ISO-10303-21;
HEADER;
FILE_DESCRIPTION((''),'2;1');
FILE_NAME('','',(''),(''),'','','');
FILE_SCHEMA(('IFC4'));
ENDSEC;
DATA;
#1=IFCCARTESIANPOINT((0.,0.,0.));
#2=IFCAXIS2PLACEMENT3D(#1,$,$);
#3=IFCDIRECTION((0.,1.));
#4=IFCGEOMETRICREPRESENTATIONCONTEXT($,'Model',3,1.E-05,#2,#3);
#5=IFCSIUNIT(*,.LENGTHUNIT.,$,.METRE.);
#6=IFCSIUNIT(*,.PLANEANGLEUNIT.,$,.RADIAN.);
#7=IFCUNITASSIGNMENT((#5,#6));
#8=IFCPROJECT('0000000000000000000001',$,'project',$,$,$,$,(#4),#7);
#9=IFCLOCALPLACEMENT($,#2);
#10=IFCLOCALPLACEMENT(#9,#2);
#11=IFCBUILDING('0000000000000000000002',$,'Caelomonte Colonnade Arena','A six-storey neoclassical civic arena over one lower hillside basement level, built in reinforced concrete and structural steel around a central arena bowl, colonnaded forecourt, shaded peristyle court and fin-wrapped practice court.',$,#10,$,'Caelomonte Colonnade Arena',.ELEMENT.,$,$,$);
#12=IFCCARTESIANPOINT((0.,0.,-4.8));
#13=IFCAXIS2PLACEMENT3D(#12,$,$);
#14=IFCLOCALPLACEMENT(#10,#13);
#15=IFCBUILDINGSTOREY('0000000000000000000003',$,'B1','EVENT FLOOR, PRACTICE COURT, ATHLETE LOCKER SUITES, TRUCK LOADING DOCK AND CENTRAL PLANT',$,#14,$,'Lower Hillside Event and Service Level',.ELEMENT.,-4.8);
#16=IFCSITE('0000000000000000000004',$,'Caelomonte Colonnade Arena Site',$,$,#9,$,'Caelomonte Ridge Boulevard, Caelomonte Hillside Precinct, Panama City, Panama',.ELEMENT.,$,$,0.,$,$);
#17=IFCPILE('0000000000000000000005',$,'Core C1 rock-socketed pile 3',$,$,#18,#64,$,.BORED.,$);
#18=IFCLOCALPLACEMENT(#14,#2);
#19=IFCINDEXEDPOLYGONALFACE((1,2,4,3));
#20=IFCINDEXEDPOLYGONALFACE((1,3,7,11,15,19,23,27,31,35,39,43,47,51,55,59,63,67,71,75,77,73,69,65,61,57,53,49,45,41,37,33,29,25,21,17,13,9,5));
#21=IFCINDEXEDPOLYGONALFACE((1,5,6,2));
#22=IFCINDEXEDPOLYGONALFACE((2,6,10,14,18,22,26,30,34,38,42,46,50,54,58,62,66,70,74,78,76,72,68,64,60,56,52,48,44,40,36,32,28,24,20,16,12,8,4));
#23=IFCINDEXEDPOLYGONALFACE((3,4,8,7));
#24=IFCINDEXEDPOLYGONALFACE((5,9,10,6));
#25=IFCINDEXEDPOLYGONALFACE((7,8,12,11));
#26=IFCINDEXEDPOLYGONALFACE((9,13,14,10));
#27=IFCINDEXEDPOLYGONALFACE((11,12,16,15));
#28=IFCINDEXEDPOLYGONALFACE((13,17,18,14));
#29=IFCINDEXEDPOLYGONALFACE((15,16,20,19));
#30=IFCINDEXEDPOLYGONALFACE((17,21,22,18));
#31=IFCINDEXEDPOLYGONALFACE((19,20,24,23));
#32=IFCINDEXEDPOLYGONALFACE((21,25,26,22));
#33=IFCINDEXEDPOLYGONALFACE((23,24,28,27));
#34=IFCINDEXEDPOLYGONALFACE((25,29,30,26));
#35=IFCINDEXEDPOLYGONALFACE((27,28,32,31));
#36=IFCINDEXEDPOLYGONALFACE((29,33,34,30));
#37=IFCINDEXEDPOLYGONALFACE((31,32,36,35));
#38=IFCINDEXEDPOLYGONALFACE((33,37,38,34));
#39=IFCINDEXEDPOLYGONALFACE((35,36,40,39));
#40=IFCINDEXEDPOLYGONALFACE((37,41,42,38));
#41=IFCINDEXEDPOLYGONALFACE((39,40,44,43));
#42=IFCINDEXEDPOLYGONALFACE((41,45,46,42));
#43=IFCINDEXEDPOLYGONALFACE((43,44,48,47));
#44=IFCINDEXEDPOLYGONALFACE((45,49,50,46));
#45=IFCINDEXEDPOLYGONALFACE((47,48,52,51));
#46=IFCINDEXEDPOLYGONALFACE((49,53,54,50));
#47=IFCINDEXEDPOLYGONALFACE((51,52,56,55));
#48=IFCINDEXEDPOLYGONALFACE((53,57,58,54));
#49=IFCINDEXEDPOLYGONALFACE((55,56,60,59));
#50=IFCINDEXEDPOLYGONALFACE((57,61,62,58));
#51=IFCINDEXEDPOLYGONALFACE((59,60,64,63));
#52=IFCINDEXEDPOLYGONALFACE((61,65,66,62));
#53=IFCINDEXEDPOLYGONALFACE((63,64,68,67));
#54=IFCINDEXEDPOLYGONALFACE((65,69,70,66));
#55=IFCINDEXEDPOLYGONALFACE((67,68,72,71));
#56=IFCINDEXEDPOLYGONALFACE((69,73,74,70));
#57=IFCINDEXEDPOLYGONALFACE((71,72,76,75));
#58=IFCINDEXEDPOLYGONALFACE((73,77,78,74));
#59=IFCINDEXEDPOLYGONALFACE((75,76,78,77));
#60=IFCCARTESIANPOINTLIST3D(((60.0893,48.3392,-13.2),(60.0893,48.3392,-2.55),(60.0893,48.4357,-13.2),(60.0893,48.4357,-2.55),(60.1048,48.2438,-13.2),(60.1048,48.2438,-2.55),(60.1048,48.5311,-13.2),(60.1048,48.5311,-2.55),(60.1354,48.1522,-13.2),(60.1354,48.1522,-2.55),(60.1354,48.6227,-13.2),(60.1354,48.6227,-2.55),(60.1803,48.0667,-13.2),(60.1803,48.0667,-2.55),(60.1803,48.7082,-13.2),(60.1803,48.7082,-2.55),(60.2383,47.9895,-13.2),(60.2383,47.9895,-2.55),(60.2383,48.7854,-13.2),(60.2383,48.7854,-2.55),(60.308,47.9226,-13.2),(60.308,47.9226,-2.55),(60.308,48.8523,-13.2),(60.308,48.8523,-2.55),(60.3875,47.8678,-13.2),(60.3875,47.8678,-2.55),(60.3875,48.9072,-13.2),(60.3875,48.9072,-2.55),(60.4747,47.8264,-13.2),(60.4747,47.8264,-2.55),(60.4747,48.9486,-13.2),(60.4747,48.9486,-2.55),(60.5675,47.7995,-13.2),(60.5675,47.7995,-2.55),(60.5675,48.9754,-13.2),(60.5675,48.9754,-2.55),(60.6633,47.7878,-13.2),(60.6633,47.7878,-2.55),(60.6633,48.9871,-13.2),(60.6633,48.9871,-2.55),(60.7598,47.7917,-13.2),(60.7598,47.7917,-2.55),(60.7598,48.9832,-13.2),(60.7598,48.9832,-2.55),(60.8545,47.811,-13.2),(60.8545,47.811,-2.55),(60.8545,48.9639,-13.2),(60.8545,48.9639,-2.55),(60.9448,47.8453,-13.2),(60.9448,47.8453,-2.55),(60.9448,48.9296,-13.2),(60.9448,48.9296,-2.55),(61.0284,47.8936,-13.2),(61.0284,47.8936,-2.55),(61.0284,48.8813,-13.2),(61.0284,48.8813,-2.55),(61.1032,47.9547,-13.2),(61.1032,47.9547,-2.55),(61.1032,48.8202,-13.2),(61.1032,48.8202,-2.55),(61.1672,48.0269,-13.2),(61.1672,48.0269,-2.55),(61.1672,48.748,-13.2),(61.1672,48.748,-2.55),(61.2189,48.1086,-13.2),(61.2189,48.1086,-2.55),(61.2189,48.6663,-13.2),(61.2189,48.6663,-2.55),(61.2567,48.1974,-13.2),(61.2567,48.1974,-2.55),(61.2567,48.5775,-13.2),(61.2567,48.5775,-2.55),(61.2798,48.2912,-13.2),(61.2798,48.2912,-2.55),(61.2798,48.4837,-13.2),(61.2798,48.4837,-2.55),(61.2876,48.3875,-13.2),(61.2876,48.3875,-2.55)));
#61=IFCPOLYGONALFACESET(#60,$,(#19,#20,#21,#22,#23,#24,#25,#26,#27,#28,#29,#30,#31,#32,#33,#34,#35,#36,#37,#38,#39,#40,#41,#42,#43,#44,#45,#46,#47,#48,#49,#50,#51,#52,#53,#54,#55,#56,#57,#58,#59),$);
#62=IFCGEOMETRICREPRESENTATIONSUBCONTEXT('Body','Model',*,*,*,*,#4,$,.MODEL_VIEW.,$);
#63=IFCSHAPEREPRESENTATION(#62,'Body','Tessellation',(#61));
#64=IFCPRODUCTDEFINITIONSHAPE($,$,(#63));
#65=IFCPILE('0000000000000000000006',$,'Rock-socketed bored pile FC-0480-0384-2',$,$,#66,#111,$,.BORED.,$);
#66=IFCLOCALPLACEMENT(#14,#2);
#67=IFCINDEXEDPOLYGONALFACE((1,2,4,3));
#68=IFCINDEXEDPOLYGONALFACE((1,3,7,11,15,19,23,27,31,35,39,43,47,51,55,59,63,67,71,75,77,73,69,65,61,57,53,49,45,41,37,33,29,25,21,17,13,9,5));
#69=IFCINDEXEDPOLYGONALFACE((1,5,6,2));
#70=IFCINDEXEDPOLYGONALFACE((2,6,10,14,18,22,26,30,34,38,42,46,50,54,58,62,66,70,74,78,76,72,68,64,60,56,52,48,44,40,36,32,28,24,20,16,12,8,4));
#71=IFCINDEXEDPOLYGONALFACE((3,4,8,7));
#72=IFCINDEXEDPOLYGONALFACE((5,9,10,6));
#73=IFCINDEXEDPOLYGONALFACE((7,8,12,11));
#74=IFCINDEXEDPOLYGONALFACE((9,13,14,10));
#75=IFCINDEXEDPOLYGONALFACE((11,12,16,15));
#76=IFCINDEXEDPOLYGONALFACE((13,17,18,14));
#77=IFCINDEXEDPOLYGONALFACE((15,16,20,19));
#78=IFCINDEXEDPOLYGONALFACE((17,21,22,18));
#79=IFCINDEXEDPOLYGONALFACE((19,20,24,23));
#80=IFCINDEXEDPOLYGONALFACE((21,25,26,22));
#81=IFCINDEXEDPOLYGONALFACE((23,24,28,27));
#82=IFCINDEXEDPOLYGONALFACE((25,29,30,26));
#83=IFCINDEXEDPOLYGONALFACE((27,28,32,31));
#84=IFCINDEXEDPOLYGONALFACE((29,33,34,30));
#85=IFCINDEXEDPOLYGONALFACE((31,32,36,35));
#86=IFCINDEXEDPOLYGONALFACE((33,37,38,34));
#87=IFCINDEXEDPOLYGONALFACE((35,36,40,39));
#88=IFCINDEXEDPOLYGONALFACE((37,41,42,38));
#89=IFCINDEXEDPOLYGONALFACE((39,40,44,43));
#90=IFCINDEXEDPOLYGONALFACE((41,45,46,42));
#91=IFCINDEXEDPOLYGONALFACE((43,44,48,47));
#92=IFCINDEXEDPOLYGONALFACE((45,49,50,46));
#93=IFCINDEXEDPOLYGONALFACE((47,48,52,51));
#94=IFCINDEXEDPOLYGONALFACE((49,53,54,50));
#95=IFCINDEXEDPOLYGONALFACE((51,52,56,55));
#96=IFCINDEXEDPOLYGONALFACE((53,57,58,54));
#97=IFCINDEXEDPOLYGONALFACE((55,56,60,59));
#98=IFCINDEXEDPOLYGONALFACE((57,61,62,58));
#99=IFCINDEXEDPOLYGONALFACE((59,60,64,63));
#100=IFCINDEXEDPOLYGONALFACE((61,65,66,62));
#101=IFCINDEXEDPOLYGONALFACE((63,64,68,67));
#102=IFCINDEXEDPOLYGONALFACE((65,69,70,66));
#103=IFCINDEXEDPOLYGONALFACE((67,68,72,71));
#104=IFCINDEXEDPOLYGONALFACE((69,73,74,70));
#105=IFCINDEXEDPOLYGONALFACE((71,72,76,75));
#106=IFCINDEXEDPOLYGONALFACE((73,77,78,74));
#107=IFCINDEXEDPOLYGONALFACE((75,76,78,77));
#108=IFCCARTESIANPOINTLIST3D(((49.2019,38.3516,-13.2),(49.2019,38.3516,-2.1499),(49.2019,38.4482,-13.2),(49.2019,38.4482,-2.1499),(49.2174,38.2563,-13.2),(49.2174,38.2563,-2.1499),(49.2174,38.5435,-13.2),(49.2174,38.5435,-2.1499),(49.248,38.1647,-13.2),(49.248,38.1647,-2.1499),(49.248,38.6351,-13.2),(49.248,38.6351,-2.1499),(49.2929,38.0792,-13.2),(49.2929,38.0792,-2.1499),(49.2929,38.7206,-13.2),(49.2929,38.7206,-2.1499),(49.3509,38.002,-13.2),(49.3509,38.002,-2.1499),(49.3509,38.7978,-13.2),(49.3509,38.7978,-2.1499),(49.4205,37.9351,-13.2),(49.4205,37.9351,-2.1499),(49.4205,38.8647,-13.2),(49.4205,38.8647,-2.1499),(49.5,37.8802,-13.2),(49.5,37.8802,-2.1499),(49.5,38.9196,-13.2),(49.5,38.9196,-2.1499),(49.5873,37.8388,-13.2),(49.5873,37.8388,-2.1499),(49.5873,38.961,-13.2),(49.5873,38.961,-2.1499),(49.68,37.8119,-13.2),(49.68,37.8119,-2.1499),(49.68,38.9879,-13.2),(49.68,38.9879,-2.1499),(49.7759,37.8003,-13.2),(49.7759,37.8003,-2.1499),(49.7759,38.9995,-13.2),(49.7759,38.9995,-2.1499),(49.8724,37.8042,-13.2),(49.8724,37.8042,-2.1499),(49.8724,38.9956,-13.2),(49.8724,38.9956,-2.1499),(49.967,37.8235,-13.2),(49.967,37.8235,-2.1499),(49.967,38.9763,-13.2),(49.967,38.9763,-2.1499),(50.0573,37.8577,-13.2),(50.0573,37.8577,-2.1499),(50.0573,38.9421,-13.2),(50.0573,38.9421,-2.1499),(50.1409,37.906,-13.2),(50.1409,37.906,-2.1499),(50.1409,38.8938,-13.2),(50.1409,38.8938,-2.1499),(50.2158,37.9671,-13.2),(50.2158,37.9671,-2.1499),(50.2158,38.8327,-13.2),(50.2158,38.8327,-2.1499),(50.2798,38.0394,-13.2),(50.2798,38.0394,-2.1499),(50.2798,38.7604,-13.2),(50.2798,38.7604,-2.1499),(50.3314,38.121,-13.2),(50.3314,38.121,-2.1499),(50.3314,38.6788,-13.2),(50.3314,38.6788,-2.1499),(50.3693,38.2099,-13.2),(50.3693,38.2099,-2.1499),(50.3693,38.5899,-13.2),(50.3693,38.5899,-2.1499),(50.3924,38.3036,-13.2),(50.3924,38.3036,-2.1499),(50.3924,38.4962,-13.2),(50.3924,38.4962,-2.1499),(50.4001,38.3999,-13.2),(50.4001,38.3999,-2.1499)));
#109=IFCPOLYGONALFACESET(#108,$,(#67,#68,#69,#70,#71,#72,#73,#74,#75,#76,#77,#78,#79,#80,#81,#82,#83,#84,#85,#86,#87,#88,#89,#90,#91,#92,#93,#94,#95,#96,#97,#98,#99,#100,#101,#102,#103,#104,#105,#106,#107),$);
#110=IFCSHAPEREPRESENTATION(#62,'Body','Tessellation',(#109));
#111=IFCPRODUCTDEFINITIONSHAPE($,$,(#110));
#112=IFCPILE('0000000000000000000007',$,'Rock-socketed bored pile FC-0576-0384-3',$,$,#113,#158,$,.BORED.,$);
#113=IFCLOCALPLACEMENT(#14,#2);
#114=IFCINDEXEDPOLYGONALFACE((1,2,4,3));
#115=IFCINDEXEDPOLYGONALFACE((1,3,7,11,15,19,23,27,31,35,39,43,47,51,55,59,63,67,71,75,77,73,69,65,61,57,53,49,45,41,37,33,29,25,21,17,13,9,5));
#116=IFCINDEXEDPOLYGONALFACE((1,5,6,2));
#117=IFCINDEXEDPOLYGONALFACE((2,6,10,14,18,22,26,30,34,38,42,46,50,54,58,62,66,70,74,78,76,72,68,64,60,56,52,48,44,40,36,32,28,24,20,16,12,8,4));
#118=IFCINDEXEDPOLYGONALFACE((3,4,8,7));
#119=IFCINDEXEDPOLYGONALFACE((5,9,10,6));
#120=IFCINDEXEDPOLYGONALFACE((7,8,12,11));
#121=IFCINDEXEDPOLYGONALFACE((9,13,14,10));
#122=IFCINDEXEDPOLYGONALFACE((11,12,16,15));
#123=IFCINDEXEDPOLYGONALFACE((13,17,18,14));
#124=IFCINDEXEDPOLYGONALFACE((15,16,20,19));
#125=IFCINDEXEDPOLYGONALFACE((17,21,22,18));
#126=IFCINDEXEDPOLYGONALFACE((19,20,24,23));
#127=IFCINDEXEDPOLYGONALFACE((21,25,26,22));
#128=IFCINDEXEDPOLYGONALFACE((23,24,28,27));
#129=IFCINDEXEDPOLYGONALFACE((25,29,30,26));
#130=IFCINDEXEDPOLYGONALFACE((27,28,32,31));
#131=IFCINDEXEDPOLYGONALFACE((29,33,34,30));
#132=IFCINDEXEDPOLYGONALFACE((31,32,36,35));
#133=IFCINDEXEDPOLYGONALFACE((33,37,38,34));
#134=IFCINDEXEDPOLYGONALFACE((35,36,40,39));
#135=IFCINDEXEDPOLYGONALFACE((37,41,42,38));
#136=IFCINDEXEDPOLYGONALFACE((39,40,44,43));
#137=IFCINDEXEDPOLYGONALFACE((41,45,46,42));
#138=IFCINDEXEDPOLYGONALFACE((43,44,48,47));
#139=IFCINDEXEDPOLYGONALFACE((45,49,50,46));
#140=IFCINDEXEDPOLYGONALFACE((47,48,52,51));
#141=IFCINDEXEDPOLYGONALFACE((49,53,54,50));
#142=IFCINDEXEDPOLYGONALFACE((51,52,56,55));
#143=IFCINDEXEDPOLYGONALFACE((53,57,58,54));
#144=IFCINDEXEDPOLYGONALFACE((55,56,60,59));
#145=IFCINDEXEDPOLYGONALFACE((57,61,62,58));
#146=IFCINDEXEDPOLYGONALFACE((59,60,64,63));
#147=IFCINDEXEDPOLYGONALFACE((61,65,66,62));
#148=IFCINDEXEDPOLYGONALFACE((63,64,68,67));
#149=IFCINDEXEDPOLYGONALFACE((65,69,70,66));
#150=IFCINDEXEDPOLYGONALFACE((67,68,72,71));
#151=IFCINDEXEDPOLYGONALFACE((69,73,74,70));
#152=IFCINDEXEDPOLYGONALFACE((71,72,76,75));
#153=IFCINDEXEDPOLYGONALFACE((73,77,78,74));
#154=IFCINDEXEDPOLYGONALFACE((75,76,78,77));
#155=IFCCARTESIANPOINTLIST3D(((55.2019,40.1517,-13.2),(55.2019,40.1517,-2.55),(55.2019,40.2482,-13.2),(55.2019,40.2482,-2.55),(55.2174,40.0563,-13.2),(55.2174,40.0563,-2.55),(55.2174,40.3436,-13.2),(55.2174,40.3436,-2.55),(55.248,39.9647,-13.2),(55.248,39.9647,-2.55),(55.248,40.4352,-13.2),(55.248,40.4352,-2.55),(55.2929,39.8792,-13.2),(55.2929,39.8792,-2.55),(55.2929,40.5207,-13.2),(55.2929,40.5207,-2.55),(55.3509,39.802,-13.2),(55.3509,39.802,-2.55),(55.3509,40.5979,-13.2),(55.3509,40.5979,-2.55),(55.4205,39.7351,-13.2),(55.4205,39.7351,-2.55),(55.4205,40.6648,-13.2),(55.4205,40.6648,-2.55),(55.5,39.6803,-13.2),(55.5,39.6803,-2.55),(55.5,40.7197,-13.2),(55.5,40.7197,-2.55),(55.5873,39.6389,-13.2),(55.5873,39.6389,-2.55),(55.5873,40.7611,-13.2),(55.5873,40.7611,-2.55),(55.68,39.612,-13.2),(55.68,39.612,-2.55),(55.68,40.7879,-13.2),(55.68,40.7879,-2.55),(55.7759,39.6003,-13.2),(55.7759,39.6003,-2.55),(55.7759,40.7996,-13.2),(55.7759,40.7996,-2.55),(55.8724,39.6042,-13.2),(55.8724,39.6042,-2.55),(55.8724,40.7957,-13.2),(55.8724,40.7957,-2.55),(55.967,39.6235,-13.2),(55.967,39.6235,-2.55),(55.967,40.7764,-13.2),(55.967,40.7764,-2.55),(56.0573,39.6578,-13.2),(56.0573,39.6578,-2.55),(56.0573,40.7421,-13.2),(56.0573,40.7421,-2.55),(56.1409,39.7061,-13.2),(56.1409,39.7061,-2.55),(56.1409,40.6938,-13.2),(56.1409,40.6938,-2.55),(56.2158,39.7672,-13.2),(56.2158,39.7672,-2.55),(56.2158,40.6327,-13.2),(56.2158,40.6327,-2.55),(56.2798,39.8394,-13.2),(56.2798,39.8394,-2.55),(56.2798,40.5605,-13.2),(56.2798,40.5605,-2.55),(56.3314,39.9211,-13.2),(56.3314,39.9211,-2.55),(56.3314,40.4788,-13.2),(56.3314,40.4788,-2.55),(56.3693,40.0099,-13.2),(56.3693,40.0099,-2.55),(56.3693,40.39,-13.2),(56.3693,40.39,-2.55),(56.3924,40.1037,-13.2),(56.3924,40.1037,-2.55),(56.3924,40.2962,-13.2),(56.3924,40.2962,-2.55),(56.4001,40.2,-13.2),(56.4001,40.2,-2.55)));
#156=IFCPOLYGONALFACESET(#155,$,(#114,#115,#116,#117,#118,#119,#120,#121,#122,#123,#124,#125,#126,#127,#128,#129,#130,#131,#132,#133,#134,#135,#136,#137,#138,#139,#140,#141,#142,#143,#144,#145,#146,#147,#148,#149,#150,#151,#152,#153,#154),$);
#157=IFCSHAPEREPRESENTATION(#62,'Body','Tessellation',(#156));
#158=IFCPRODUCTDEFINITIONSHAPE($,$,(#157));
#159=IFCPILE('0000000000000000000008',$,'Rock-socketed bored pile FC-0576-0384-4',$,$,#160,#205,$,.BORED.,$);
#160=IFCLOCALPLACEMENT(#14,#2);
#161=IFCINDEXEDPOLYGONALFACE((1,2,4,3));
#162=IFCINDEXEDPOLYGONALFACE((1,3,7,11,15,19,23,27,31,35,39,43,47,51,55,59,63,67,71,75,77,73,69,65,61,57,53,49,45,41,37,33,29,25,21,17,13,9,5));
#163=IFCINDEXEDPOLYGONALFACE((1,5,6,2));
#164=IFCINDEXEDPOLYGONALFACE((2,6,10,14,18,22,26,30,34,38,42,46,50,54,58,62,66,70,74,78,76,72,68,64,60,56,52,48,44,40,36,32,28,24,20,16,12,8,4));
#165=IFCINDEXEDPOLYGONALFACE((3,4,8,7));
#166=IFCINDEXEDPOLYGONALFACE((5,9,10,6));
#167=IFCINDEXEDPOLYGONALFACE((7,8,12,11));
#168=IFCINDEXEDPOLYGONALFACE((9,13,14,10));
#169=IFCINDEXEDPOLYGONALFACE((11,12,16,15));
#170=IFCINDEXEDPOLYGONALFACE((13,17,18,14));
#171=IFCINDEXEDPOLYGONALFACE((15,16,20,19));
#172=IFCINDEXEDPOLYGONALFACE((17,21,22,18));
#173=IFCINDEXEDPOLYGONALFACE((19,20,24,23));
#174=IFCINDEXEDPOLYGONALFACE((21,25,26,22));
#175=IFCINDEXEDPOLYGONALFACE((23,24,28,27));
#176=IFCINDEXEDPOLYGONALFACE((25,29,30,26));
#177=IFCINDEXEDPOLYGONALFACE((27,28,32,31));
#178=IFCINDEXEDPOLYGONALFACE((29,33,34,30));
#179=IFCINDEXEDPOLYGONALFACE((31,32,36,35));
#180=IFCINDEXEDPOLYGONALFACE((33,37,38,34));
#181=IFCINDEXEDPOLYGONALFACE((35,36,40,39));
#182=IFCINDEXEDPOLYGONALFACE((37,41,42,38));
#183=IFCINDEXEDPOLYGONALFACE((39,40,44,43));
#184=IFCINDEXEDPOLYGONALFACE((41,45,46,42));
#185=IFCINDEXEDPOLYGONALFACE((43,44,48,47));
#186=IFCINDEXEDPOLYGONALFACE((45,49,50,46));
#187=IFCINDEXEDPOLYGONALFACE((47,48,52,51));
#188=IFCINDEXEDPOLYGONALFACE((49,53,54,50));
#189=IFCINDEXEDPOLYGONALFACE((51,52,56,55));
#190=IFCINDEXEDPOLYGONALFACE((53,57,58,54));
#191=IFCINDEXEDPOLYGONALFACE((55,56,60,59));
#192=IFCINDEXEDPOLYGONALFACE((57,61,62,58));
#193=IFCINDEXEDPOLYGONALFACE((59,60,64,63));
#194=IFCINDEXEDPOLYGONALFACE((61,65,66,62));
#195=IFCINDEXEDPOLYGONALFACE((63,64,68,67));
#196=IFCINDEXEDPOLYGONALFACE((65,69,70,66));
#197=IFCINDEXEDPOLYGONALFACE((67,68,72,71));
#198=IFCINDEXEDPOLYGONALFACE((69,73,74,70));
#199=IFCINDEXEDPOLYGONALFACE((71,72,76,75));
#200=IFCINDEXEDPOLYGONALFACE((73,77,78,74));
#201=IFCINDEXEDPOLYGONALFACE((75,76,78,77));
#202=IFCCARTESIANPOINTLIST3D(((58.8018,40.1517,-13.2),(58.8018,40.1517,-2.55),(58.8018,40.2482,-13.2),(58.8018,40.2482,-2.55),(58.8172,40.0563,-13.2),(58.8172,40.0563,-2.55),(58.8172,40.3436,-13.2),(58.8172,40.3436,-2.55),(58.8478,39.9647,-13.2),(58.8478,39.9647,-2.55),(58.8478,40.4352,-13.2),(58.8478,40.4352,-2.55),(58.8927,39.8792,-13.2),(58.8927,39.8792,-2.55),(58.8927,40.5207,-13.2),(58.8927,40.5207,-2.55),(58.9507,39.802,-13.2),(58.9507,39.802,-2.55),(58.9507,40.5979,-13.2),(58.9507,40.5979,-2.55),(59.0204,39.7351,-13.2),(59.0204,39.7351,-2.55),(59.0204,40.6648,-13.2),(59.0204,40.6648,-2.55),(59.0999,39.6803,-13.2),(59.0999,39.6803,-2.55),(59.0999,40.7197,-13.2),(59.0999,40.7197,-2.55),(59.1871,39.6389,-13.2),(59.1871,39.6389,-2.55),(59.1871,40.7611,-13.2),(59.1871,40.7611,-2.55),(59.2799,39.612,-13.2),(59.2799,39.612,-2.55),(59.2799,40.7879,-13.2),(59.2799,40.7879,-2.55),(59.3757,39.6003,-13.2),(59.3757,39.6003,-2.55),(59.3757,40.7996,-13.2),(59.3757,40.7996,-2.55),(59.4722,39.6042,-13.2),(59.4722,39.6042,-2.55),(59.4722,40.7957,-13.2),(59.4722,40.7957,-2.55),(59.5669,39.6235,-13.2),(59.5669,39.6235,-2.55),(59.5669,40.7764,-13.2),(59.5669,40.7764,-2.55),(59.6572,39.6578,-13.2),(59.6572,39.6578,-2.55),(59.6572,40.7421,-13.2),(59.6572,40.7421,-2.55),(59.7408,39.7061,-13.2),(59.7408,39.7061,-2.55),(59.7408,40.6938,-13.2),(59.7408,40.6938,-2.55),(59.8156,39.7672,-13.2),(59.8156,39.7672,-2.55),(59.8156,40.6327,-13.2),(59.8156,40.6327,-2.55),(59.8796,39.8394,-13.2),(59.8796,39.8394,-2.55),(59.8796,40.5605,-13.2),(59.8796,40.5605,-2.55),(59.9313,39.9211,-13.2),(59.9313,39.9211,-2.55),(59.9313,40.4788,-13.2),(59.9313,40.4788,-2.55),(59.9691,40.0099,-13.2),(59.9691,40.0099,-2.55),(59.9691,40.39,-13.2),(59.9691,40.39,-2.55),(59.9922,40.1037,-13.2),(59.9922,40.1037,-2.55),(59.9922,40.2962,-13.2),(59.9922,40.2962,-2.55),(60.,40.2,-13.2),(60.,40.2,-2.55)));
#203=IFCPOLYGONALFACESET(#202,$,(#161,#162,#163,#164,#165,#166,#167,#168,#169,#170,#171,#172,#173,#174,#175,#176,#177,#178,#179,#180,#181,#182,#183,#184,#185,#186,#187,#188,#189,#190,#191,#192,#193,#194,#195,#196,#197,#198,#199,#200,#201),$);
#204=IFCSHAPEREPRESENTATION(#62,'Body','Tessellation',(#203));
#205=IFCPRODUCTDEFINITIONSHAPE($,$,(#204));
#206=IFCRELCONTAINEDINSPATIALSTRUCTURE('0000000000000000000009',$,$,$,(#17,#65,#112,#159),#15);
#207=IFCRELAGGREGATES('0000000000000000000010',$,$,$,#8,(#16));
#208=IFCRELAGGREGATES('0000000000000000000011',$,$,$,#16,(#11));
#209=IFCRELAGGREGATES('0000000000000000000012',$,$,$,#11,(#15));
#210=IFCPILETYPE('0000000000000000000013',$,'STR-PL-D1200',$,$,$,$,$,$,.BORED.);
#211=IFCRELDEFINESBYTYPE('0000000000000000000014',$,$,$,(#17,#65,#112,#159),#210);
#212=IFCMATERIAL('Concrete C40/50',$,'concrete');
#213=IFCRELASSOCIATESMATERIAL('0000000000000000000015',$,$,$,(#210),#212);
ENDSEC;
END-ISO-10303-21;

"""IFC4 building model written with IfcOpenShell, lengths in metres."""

from ifc_helpers import new_model, si_unit, direction, frame, origin, origin_2d, place, context, subcontext, project, spatial, circle, extrude, material, material_profile, profile_set, type_object, element, save


model = new_model("IFC4")

# Units and contexts
model_context = context("Model", 3, precision=1e-05, world=origin(), true_north=direction((0.0, 1.0)))
body_context = subcontext(model_context, "Body", "Model", "MODEL_VIEW")
ifc_project = project(units=[si_unit("LENGTHUNIT", "METRE"), si_unit("PLANEANGLEUNIT", "RADIAN")], contexts=[model_context])

# Site, building, storey
site_placement = place(None, origin())
site = spatial("IfcSite", under=ifc_project, at=site_placement, Name="Caelomonte Colonnade Arena Site", LongName="Caelomonte Ridge Boulevard, Caelomonte Hillside Precinct, Panama City, Panama", CompositionType="ELEMENT", RefElevation=0.0)
building_placement = place(site_placement, origin())
building = spatial("IfcBuilding", under=site, at=building_placement, Name="Caelomonte Colonnade Arena", Description="A six-storey neoclassical civic arena over one lower hillside basement level, built in reinforced concrete and structural steel around a central arena bowl, colonnaded forecourt, shaded peristyle court and fin-wrapped practice court.", LongName="Caelomonte Colonnade Arena", CompositionType="ELEMENT")
storey_placement = place(building_placement, frame((0.0, 0.0, -4.8)))
storey = spatial("IfcBuildingStorey", under=building, at=storey_placement, Name="B1", Description="EVENT FLOOR, PRACTICE COURT, ATHLETE LOCKER SUITES, TRUCK LOADING DOCK AND CENTRAL PLANT", LongName="Lower Hillside Event and Service Level", CompositionType="ELEMENT", Elevation=-4.8)

# Shared definitions
ifc_material_1 = material(Name="Concrete C40/50", Category="concrete")

# Piles
ifc_material_profile_1 = material_profile(ifc_material_1, circle(Radius=0.6001, at=origin_2d()), Name="PILE-D1200")
ifc_profile_set_1 = profile_set([ifc_material_profile_1], Name="Concrete C40/50")
pile_type_1 = type_object("IfcPileType", Name="STR-PL-D1200", PredefinedType="BORED", material=ifc_profile_set_1)
for number, where, z_axis, x_axis, name in (
    (1, (60.6875, 48.3875, -2.55), (0.0, 0.0, -1.0), (1.0, 0.0, 0.0), "Core C1 rock-socketed pile 3"),
):
    element("IfcPile", number, at=place(storey_placement, frame(where, z_axis=z_axis, x_axis=x_axis)), inside=storey, type_object=pile_type_1, Name=name, PredefinedType="BORED", context=body_context, shape_type="SweptSolid", body=[
        extrude(circle(Radius=0.6001, at=origin_2d()), origin(), (0.0, 0.0, 1.0), 10.6499),
    ])
pile_1_placement = place(storey_placement, frame((49.8, 38.3999, -2.1499), z_axis=(0.0, 0.0, -1.0), x_axis=(1.0, 0.0, 0.0)))
element("IfcPile", 2, at=pile_1_placement, inside=storey, type_object=pile_type_1, Name="Rock-socketed bored pile FC-0480-0384-2", PredefinedType="BORED", context=body_context, shape_type="SweptSolid", body=[
    extrude(circle(Radius=0.6001, at=origin_2d()), origin(), (0.0, 0.0, 1.0), 11.05),
])
for number, where, z_axis, x_axis, name in (
    (3, (55.8, 40.2, -2.55), (0.0, 0.0, -1.0), (1.0, 0.0, 0.0), "Rock-socketed bored pile FC-0576-0384-3"),
    (4, (59.3999, 40.2, -2.55), (0.0, 0.0, -1.0), (1.0, 0.0, 0.0), "Rock-socketed bored pile FC-0576-0384-4"),
):
    element("IfcPile", number, at=place(storey_placement, frame(where, z_axis=z_axis, x_axis=x_axis)), inside=storey, type_object=pile_type_1, Name=name, PredefinedType="BORED", context=body_context, shape_type="SweptSolid", body=[
        extrude(circle(Radius=0.6001, at=origin_2d()), origin(), (0.0, 0.0, 1.0), 10.6499),
    ])

save(model, "model.ifc")
